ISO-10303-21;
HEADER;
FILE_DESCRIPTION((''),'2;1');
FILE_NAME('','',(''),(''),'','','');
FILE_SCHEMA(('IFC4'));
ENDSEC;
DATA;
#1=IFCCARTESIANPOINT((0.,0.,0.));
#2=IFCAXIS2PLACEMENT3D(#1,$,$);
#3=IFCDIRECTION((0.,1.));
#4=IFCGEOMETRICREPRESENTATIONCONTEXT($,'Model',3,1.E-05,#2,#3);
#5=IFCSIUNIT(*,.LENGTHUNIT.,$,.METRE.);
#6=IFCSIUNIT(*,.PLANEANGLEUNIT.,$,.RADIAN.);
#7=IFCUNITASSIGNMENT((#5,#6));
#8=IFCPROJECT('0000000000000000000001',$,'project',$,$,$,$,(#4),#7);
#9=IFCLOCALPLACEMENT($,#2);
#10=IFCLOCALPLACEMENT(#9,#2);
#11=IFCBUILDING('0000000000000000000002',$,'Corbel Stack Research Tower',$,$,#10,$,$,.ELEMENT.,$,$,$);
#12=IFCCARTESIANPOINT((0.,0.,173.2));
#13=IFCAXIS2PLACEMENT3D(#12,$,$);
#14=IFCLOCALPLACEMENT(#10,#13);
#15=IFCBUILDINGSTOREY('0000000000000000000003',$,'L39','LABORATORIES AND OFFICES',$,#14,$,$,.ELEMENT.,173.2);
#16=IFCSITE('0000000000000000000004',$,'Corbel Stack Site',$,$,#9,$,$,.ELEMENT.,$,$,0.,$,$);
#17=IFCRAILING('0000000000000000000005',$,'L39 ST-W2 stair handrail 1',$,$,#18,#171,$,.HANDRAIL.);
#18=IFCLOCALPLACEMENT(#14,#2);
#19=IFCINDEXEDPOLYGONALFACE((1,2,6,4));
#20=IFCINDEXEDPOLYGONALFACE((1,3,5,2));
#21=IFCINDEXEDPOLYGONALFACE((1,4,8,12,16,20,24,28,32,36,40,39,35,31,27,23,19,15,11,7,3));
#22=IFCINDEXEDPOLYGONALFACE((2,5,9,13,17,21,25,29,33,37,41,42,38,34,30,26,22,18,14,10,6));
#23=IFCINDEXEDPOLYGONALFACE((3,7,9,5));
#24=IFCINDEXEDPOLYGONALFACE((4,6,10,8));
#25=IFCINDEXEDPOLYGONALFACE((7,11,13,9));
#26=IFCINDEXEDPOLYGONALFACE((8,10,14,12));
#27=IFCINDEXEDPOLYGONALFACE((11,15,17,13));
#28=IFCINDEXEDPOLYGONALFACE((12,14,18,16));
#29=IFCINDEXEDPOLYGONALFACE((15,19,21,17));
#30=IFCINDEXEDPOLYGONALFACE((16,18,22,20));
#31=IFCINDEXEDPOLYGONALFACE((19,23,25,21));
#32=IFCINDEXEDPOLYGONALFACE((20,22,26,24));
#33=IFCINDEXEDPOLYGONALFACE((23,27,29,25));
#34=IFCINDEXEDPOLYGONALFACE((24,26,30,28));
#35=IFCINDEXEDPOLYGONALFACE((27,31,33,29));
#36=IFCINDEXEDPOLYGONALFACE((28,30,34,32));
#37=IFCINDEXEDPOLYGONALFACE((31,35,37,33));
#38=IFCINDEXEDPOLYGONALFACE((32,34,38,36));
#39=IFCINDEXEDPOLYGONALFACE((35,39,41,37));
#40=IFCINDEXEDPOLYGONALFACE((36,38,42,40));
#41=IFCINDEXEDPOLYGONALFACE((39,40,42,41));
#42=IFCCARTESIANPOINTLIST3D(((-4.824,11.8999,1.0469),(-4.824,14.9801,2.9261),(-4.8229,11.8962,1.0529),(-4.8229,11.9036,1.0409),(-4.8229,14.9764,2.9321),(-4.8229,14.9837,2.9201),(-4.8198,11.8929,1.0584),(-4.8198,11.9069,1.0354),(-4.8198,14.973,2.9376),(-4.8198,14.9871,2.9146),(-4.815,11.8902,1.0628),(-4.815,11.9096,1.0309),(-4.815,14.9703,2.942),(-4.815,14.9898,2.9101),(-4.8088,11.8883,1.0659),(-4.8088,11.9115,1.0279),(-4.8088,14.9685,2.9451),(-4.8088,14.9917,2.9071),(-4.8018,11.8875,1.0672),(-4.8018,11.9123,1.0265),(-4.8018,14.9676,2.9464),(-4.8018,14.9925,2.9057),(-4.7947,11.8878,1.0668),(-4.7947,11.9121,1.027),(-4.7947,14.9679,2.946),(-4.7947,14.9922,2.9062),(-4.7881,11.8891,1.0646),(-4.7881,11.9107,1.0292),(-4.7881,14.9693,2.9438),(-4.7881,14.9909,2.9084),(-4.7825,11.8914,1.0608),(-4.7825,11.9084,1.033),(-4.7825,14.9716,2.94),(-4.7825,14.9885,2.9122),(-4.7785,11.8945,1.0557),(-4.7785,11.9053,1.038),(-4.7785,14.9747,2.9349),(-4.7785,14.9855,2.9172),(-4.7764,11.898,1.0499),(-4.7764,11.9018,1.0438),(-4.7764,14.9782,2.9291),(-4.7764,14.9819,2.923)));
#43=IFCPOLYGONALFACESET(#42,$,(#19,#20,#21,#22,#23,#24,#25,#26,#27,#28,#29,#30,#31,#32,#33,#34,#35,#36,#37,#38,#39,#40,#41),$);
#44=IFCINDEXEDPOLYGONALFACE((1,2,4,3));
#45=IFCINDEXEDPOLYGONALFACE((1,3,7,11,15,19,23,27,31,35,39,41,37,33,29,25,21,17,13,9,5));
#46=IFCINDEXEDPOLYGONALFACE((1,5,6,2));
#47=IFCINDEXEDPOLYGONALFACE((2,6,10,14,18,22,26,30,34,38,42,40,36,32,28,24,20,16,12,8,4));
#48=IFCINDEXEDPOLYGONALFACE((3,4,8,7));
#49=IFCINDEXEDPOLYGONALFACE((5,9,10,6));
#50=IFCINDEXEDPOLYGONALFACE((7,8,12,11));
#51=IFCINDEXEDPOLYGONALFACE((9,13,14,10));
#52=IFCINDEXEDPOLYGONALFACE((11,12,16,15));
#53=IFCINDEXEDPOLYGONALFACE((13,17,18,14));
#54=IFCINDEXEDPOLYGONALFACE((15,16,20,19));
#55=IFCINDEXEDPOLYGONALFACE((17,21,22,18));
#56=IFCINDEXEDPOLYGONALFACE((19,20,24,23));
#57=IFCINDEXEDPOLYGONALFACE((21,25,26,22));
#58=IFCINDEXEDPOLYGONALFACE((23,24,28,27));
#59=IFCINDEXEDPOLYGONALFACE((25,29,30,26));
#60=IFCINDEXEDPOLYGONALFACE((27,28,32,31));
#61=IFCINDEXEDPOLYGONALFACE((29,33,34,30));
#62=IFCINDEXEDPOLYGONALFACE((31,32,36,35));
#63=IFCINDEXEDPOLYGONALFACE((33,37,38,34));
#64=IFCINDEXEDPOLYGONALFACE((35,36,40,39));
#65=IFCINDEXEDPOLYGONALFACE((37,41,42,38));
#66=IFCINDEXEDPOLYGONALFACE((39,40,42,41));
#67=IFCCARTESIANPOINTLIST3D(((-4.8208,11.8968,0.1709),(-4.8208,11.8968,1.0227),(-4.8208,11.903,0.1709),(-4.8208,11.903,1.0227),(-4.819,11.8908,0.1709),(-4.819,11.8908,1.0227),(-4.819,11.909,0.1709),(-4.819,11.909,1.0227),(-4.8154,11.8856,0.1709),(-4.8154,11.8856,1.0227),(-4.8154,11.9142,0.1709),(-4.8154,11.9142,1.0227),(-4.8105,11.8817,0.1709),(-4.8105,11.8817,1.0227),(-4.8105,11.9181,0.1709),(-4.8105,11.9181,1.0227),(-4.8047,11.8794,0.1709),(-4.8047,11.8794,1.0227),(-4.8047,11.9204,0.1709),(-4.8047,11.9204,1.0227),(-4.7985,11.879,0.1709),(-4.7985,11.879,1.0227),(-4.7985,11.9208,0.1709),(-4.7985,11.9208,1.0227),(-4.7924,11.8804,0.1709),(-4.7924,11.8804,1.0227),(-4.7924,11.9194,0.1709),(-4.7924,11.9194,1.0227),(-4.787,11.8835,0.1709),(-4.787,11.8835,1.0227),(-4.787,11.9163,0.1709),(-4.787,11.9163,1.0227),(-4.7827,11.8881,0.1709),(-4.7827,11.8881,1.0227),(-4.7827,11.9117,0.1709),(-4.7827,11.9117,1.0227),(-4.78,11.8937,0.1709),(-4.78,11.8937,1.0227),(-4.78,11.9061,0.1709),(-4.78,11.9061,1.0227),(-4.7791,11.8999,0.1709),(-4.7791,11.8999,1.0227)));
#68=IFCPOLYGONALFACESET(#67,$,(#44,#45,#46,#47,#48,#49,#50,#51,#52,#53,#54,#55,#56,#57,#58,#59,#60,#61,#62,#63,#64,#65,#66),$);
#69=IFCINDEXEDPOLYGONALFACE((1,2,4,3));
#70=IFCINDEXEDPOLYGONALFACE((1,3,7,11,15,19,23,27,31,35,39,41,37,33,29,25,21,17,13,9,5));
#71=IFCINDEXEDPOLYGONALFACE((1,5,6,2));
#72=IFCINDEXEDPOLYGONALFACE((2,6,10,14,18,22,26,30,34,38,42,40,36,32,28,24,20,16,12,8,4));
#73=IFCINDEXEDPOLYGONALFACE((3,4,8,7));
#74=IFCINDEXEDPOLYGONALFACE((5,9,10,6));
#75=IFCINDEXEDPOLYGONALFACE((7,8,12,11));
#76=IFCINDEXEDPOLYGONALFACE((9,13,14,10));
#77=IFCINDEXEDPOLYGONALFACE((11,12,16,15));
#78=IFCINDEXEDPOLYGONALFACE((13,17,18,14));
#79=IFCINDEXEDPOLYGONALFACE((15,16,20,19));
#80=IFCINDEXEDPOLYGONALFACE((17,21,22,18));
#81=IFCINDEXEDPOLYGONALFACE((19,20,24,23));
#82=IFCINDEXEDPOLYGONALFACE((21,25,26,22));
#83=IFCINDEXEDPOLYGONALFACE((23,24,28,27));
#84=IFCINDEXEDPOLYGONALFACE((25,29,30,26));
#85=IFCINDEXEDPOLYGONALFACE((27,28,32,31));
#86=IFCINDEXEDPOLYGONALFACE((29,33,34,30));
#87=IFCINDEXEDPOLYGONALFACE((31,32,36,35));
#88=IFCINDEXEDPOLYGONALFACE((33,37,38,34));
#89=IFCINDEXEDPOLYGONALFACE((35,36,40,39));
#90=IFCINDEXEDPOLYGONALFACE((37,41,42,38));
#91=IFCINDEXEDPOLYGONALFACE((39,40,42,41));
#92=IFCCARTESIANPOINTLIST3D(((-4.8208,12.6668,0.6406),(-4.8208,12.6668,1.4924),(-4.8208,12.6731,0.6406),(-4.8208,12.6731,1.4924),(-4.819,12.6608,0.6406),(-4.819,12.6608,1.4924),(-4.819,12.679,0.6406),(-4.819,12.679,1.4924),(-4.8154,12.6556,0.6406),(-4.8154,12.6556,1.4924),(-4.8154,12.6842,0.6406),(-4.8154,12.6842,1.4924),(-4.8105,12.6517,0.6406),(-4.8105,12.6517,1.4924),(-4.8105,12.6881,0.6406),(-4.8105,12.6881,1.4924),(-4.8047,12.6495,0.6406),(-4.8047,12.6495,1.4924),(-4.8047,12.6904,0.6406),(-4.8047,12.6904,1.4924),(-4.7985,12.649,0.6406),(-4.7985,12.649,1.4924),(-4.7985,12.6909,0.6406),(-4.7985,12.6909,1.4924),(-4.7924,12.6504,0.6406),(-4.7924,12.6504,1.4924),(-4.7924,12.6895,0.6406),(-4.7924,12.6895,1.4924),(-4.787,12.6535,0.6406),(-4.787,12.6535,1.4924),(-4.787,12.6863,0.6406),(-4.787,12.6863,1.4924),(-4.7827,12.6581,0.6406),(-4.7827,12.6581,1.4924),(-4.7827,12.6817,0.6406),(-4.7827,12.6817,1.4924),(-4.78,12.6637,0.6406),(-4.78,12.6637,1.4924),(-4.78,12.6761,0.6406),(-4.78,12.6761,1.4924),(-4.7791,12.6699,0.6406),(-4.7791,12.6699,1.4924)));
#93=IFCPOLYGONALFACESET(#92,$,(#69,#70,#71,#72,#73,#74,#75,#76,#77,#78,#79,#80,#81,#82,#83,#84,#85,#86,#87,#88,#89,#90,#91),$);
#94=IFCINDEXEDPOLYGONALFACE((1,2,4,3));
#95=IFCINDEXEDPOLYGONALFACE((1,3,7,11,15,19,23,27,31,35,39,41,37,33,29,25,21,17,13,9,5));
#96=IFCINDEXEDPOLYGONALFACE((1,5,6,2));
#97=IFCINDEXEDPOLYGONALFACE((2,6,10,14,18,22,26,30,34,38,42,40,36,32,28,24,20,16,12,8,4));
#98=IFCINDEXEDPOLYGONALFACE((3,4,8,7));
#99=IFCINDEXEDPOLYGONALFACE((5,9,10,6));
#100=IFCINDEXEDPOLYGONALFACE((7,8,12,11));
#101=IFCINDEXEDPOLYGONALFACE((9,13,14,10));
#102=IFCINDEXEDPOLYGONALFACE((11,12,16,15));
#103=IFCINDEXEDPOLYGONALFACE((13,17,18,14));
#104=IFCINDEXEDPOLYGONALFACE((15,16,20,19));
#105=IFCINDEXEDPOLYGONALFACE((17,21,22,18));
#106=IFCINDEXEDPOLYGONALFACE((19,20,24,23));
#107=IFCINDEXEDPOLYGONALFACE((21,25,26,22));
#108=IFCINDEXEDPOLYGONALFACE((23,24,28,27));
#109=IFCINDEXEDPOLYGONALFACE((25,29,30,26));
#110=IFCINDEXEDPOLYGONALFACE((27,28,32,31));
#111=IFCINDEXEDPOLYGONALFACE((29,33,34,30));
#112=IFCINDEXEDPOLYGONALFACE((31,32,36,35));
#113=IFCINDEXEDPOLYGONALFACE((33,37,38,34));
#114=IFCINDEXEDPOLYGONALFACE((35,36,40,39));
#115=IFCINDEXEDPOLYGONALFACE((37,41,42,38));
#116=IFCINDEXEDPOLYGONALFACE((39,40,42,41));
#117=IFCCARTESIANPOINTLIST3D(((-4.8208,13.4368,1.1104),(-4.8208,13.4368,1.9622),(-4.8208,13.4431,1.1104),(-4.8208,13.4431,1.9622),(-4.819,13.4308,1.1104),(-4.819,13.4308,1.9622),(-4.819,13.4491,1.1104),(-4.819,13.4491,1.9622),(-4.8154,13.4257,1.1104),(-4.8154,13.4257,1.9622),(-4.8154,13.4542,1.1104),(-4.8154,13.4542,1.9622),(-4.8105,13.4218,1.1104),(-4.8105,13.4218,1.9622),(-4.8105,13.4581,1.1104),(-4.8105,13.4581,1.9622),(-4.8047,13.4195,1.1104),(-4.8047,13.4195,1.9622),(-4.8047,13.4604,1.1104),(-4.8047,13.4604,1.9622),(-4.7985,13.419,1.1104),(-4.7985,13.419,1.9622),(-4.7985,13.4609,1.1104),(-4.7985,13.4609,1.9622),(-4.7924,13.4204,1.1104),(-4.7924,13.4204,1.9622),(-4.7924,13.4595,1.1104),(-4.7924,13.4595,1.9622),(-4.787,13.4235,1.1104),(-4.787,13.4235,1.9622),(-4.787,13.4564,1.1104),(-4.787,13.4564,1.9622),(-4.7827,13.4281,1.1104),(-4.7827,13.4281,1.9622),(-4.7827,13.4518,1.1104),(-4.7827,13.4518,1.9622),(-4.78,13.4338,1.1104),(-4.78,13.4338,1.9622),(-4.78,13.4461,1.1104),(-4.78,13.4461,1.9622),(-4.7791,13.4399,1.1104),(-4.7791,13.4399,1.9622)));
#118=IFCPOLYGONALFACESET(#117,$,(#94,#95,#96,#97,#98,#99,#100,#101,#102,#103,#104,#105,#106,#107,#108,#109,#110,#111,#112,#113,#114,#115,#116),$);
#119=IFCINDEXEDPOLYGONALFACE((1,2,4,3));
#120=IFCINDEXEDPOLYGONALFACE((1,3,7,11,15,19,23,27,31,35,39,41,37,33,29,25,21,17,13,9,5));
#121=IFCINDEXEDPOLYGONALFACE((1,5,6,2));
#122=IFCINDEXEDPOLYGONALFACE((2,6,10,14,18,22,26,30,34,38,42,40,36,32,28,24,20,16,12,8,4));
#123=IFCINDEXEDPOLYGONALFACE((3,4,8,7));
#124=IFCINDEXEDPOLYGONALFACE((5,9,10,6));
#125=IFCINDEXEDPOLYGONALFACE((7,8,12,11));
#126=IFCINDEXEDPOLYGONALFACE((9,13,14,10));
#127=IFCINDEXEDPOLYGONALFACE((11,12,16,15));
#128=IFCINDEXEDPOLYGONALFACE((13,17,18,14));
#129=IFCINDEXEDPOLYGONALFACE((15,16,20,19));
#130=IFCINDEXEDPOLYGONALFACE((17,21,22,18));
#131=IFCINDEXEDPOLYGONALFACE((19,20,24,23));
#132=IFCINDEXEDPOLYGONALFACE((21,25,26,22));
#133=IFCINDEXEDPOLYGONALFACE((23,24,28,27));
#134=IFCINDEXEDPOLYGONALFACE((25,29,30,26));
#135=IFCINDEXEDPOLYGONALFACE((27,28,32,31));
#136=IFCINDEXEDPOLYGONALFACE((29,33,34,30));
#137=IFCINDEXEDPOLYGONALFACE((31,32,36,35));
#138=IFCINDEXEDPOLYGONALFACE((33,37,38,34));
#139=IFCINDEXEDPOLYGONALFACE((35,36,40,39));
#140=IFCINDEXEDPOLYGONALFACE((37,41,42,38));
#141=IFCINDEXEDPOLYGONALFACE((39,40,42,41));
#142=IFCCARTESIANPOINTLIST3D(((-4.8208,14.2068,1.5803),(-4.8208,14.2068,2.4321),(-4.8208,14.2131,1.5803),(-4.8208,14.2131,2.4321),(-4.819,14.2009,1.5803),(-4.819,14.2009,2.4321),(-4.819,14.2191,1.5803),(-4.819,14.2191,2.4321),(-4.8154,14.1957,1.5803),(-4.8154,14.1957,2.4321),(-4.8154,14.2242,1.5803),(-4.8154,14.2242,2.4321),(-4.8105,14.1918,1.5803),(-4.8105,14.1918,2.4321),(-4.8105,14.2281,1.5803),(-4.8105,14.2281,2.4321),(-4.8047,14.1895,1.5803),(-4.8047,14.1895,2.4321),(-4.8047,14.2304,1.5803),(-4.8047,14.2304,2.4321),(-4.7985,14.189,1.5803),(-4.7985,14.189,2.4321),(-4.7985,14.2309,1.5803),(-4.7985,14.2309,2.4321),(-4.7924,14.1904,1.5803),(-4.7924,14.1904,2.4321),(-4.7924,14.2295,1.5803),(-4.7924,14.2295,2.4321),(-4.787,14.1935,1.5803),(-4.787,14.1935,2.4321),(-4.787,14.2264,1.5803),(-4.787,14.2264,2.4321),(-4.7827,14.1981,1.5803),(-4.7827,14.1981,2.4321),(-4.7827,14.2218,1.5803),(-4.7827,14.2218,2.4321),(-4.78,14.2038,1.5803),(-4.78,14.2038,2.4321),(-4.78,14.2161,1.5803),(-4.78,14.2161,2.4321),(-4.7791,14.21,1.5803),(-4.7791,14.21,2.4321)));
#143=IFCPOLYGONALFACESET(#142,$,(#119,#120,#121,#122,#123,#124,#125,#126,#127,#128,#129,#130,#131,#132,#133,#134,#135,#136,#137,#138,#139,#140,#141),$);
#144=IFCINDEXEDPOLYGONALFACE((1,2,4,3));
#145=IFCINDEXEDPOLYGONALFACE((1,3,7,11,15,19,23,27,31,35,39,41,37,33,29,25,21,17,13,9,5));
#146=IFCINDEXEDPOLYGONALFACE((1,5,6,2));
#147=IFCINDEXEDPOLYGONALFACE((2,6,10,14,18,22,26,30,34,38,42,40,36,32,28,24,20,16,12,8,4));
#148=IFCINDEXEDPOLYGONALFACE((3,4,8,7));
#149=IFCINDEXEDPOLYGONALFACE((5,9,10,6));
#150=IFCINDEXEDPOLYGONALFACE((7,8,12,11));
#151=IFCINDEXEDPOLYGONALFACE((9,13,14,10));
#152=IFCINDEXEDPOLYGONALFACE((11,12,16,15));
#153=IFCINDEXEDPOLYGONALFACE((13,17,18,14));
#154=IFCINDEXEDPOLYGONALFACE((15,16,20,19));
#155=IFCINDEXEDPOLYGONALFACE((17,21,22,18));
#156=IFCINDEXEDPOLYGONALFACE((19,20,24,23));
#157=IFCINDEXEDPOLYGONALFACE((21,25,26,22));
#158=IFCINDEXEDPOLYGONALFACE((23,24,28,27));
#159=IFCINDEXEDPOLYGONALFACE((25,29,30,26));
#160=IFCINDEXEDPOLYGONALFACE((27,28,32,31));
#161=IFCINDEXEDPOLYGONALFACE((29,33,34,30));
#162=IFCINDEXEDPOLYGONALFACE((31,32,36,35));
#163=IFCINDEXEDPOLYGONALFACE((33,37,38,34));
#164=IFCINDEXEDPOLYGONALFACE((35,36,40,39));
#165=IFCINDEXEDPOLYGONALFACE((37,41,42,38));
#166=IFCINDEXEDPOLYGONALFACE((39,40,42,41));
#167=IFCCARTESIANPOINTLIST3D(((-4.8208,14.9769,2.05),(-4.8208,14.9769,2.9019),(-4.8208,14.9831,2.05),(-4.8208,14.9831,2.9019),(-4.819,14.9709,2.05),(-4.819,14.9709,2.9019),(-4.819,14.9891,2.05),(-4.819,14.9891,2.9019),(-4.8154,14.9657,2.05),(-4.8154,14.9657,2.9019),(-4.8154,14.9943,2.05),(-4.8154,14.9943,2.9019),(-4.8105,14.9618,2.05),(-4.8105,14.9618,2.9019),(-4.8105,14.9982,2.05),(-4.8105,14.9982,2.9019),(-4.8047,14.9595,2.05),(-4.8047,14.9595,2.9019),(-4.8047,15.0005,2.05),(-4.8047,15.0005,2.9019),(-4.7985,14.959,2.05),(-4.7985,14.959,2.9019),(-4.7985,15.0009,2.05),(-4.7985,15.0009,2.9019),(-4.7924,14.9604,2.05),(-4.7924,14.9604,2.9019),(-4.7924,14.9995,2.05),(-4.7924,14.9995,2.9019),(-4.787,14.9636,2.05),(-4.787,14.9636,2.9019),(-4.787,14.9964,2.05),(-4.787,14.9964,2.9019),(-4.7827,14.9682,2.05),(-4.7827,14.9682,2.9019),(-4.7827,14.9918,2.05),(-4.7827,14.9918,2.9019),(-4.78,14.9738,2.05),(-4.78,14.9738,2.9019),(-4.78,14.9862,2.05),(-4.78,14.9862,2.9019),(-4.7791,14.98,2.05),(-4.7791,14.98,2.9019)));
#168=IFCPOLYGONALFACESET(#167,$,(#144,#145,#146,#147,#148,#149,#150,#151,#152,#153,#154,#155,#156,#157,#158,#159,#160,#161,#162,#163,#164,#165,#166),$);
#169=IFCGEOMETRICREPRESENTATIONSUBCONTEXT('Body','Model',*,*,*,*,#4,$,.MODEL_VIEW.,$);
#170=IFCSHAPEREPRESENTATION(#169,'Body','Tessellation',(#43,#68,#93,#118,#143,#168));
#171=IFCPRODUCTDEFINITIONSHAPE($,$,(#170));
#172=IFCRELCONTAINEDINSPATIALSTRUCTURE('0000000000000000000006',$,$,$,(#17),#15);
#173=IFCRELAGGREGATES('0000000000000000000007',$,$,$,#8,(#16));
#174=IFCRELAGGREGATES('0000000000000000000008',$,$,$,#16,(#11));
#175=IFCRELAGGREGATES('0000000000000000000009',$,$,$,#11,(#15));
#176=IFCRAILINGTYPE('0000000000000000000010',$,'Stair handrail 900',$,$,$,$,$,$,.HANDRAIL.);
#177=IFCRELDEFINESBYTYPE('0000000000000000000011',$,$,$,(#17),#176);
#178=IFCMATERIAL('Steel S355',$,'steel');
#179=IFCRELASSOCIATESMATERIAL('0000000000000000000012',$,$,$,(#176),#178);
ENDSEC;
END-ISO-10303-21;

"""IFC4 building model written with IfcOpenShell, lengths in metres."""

from ifc_helpers import new_model, si_unit, direction, frame, origin, origin_2d, place, context, subcontext, project, spatial, circle, extrude, material, type_object, element, save


model = new_model("IFC4")

# Units and contexts
model_context = context("Model", 3, precision=1e-05, world=origin(), true_north=direction((0.0, 1.0)))
body_context = subcontext(model_context, "Body", "Model", "MODEL_VIEW")
ifc_project = project(units=[si_unit("LENGTHUNIT", "METRE"), si_unit("PLANEANGLEUNIT", "RADIAN")], contexts=[model_context])

# Site, building, storey
site_placement = place(None, origin())
site = spatial("IfcSite", under=ifc_project, at=site_placement, Name="Corbel Stack Site", CompositionType="ELEMENT", RefElevation=0.0)
building_placement = place(site_placement, origin())
building = spatial("IfcBuilding", under=site, at=building_placement, Name="Corbel Stack Research Tower", CompositionType="ELEMENT")
storey_placement = place(building_placement, frame((0.0, 0.0, 173.2)))
storey = spatial("IfcBuildingStorey", under=building, at=storey_placement, Name="L39", Description="LABORATORIES AND OFFICES", CompositionType="ELEMENT", Elevation=173.2)

# Railing
ifc_material_1 = material(Name="Steel S355", Category="steel")
railing_type_1 = type_object("IfcRailingType", Name="Stair handrail 900", PredefinedType="HANDRAIL", material=ifc_material_1)
railing_1_placement = place(storey_placement, frame((-4.8, 11.8999, 0.1709)))
element("IfcRailing", 1, at=railing_1_placement, inside=storey, type_object=railing_type_1, Name="L39 ST-W2 stair handrail 1", PredefinedType="HANDRAIL", context=body_context, shape_type="SweptSolid", body=[
    extrude(circle(Radius=0.0239, at=origin_2d()), frame((0.0, 0.0, 0.876), z_axis=(0.0, 0.853666, 0.52082), x_axis=(-1.0, 0.0, 0.0)), (0.0, 0.0, 1.0), 3.6082),
    extrude(circle(Radius=0.021, at=origin_2d()), origin(), (0.0, 0.0, 1.0), 0.8518),
    extrude(circle(Radius=0.021, at=origin_2d()), frame((0.0, 0.77, 0.4697)), (0.0, 0.0, 1.0), 0.8518),
    extrude(circle(Radius=0.021, at=origin_2d()), frame((0.0, 1.54, 0.9395)), (0.0, 0.0, 1.0), 0.8518),
    extrude(circle(Radius=0.021, at=origin_2d()), frame((0.0, 2.3101, 1.4094)), (0.0, 0.0, 1.0), 0.8518),
    extrude(circle(Radius=0.021, at=origin_2d()), frame((0.0, 3.0801, 1.8792)), (0.0, 0.0, 1.0), 0.8518),
])

save(model, "model.ifc")
